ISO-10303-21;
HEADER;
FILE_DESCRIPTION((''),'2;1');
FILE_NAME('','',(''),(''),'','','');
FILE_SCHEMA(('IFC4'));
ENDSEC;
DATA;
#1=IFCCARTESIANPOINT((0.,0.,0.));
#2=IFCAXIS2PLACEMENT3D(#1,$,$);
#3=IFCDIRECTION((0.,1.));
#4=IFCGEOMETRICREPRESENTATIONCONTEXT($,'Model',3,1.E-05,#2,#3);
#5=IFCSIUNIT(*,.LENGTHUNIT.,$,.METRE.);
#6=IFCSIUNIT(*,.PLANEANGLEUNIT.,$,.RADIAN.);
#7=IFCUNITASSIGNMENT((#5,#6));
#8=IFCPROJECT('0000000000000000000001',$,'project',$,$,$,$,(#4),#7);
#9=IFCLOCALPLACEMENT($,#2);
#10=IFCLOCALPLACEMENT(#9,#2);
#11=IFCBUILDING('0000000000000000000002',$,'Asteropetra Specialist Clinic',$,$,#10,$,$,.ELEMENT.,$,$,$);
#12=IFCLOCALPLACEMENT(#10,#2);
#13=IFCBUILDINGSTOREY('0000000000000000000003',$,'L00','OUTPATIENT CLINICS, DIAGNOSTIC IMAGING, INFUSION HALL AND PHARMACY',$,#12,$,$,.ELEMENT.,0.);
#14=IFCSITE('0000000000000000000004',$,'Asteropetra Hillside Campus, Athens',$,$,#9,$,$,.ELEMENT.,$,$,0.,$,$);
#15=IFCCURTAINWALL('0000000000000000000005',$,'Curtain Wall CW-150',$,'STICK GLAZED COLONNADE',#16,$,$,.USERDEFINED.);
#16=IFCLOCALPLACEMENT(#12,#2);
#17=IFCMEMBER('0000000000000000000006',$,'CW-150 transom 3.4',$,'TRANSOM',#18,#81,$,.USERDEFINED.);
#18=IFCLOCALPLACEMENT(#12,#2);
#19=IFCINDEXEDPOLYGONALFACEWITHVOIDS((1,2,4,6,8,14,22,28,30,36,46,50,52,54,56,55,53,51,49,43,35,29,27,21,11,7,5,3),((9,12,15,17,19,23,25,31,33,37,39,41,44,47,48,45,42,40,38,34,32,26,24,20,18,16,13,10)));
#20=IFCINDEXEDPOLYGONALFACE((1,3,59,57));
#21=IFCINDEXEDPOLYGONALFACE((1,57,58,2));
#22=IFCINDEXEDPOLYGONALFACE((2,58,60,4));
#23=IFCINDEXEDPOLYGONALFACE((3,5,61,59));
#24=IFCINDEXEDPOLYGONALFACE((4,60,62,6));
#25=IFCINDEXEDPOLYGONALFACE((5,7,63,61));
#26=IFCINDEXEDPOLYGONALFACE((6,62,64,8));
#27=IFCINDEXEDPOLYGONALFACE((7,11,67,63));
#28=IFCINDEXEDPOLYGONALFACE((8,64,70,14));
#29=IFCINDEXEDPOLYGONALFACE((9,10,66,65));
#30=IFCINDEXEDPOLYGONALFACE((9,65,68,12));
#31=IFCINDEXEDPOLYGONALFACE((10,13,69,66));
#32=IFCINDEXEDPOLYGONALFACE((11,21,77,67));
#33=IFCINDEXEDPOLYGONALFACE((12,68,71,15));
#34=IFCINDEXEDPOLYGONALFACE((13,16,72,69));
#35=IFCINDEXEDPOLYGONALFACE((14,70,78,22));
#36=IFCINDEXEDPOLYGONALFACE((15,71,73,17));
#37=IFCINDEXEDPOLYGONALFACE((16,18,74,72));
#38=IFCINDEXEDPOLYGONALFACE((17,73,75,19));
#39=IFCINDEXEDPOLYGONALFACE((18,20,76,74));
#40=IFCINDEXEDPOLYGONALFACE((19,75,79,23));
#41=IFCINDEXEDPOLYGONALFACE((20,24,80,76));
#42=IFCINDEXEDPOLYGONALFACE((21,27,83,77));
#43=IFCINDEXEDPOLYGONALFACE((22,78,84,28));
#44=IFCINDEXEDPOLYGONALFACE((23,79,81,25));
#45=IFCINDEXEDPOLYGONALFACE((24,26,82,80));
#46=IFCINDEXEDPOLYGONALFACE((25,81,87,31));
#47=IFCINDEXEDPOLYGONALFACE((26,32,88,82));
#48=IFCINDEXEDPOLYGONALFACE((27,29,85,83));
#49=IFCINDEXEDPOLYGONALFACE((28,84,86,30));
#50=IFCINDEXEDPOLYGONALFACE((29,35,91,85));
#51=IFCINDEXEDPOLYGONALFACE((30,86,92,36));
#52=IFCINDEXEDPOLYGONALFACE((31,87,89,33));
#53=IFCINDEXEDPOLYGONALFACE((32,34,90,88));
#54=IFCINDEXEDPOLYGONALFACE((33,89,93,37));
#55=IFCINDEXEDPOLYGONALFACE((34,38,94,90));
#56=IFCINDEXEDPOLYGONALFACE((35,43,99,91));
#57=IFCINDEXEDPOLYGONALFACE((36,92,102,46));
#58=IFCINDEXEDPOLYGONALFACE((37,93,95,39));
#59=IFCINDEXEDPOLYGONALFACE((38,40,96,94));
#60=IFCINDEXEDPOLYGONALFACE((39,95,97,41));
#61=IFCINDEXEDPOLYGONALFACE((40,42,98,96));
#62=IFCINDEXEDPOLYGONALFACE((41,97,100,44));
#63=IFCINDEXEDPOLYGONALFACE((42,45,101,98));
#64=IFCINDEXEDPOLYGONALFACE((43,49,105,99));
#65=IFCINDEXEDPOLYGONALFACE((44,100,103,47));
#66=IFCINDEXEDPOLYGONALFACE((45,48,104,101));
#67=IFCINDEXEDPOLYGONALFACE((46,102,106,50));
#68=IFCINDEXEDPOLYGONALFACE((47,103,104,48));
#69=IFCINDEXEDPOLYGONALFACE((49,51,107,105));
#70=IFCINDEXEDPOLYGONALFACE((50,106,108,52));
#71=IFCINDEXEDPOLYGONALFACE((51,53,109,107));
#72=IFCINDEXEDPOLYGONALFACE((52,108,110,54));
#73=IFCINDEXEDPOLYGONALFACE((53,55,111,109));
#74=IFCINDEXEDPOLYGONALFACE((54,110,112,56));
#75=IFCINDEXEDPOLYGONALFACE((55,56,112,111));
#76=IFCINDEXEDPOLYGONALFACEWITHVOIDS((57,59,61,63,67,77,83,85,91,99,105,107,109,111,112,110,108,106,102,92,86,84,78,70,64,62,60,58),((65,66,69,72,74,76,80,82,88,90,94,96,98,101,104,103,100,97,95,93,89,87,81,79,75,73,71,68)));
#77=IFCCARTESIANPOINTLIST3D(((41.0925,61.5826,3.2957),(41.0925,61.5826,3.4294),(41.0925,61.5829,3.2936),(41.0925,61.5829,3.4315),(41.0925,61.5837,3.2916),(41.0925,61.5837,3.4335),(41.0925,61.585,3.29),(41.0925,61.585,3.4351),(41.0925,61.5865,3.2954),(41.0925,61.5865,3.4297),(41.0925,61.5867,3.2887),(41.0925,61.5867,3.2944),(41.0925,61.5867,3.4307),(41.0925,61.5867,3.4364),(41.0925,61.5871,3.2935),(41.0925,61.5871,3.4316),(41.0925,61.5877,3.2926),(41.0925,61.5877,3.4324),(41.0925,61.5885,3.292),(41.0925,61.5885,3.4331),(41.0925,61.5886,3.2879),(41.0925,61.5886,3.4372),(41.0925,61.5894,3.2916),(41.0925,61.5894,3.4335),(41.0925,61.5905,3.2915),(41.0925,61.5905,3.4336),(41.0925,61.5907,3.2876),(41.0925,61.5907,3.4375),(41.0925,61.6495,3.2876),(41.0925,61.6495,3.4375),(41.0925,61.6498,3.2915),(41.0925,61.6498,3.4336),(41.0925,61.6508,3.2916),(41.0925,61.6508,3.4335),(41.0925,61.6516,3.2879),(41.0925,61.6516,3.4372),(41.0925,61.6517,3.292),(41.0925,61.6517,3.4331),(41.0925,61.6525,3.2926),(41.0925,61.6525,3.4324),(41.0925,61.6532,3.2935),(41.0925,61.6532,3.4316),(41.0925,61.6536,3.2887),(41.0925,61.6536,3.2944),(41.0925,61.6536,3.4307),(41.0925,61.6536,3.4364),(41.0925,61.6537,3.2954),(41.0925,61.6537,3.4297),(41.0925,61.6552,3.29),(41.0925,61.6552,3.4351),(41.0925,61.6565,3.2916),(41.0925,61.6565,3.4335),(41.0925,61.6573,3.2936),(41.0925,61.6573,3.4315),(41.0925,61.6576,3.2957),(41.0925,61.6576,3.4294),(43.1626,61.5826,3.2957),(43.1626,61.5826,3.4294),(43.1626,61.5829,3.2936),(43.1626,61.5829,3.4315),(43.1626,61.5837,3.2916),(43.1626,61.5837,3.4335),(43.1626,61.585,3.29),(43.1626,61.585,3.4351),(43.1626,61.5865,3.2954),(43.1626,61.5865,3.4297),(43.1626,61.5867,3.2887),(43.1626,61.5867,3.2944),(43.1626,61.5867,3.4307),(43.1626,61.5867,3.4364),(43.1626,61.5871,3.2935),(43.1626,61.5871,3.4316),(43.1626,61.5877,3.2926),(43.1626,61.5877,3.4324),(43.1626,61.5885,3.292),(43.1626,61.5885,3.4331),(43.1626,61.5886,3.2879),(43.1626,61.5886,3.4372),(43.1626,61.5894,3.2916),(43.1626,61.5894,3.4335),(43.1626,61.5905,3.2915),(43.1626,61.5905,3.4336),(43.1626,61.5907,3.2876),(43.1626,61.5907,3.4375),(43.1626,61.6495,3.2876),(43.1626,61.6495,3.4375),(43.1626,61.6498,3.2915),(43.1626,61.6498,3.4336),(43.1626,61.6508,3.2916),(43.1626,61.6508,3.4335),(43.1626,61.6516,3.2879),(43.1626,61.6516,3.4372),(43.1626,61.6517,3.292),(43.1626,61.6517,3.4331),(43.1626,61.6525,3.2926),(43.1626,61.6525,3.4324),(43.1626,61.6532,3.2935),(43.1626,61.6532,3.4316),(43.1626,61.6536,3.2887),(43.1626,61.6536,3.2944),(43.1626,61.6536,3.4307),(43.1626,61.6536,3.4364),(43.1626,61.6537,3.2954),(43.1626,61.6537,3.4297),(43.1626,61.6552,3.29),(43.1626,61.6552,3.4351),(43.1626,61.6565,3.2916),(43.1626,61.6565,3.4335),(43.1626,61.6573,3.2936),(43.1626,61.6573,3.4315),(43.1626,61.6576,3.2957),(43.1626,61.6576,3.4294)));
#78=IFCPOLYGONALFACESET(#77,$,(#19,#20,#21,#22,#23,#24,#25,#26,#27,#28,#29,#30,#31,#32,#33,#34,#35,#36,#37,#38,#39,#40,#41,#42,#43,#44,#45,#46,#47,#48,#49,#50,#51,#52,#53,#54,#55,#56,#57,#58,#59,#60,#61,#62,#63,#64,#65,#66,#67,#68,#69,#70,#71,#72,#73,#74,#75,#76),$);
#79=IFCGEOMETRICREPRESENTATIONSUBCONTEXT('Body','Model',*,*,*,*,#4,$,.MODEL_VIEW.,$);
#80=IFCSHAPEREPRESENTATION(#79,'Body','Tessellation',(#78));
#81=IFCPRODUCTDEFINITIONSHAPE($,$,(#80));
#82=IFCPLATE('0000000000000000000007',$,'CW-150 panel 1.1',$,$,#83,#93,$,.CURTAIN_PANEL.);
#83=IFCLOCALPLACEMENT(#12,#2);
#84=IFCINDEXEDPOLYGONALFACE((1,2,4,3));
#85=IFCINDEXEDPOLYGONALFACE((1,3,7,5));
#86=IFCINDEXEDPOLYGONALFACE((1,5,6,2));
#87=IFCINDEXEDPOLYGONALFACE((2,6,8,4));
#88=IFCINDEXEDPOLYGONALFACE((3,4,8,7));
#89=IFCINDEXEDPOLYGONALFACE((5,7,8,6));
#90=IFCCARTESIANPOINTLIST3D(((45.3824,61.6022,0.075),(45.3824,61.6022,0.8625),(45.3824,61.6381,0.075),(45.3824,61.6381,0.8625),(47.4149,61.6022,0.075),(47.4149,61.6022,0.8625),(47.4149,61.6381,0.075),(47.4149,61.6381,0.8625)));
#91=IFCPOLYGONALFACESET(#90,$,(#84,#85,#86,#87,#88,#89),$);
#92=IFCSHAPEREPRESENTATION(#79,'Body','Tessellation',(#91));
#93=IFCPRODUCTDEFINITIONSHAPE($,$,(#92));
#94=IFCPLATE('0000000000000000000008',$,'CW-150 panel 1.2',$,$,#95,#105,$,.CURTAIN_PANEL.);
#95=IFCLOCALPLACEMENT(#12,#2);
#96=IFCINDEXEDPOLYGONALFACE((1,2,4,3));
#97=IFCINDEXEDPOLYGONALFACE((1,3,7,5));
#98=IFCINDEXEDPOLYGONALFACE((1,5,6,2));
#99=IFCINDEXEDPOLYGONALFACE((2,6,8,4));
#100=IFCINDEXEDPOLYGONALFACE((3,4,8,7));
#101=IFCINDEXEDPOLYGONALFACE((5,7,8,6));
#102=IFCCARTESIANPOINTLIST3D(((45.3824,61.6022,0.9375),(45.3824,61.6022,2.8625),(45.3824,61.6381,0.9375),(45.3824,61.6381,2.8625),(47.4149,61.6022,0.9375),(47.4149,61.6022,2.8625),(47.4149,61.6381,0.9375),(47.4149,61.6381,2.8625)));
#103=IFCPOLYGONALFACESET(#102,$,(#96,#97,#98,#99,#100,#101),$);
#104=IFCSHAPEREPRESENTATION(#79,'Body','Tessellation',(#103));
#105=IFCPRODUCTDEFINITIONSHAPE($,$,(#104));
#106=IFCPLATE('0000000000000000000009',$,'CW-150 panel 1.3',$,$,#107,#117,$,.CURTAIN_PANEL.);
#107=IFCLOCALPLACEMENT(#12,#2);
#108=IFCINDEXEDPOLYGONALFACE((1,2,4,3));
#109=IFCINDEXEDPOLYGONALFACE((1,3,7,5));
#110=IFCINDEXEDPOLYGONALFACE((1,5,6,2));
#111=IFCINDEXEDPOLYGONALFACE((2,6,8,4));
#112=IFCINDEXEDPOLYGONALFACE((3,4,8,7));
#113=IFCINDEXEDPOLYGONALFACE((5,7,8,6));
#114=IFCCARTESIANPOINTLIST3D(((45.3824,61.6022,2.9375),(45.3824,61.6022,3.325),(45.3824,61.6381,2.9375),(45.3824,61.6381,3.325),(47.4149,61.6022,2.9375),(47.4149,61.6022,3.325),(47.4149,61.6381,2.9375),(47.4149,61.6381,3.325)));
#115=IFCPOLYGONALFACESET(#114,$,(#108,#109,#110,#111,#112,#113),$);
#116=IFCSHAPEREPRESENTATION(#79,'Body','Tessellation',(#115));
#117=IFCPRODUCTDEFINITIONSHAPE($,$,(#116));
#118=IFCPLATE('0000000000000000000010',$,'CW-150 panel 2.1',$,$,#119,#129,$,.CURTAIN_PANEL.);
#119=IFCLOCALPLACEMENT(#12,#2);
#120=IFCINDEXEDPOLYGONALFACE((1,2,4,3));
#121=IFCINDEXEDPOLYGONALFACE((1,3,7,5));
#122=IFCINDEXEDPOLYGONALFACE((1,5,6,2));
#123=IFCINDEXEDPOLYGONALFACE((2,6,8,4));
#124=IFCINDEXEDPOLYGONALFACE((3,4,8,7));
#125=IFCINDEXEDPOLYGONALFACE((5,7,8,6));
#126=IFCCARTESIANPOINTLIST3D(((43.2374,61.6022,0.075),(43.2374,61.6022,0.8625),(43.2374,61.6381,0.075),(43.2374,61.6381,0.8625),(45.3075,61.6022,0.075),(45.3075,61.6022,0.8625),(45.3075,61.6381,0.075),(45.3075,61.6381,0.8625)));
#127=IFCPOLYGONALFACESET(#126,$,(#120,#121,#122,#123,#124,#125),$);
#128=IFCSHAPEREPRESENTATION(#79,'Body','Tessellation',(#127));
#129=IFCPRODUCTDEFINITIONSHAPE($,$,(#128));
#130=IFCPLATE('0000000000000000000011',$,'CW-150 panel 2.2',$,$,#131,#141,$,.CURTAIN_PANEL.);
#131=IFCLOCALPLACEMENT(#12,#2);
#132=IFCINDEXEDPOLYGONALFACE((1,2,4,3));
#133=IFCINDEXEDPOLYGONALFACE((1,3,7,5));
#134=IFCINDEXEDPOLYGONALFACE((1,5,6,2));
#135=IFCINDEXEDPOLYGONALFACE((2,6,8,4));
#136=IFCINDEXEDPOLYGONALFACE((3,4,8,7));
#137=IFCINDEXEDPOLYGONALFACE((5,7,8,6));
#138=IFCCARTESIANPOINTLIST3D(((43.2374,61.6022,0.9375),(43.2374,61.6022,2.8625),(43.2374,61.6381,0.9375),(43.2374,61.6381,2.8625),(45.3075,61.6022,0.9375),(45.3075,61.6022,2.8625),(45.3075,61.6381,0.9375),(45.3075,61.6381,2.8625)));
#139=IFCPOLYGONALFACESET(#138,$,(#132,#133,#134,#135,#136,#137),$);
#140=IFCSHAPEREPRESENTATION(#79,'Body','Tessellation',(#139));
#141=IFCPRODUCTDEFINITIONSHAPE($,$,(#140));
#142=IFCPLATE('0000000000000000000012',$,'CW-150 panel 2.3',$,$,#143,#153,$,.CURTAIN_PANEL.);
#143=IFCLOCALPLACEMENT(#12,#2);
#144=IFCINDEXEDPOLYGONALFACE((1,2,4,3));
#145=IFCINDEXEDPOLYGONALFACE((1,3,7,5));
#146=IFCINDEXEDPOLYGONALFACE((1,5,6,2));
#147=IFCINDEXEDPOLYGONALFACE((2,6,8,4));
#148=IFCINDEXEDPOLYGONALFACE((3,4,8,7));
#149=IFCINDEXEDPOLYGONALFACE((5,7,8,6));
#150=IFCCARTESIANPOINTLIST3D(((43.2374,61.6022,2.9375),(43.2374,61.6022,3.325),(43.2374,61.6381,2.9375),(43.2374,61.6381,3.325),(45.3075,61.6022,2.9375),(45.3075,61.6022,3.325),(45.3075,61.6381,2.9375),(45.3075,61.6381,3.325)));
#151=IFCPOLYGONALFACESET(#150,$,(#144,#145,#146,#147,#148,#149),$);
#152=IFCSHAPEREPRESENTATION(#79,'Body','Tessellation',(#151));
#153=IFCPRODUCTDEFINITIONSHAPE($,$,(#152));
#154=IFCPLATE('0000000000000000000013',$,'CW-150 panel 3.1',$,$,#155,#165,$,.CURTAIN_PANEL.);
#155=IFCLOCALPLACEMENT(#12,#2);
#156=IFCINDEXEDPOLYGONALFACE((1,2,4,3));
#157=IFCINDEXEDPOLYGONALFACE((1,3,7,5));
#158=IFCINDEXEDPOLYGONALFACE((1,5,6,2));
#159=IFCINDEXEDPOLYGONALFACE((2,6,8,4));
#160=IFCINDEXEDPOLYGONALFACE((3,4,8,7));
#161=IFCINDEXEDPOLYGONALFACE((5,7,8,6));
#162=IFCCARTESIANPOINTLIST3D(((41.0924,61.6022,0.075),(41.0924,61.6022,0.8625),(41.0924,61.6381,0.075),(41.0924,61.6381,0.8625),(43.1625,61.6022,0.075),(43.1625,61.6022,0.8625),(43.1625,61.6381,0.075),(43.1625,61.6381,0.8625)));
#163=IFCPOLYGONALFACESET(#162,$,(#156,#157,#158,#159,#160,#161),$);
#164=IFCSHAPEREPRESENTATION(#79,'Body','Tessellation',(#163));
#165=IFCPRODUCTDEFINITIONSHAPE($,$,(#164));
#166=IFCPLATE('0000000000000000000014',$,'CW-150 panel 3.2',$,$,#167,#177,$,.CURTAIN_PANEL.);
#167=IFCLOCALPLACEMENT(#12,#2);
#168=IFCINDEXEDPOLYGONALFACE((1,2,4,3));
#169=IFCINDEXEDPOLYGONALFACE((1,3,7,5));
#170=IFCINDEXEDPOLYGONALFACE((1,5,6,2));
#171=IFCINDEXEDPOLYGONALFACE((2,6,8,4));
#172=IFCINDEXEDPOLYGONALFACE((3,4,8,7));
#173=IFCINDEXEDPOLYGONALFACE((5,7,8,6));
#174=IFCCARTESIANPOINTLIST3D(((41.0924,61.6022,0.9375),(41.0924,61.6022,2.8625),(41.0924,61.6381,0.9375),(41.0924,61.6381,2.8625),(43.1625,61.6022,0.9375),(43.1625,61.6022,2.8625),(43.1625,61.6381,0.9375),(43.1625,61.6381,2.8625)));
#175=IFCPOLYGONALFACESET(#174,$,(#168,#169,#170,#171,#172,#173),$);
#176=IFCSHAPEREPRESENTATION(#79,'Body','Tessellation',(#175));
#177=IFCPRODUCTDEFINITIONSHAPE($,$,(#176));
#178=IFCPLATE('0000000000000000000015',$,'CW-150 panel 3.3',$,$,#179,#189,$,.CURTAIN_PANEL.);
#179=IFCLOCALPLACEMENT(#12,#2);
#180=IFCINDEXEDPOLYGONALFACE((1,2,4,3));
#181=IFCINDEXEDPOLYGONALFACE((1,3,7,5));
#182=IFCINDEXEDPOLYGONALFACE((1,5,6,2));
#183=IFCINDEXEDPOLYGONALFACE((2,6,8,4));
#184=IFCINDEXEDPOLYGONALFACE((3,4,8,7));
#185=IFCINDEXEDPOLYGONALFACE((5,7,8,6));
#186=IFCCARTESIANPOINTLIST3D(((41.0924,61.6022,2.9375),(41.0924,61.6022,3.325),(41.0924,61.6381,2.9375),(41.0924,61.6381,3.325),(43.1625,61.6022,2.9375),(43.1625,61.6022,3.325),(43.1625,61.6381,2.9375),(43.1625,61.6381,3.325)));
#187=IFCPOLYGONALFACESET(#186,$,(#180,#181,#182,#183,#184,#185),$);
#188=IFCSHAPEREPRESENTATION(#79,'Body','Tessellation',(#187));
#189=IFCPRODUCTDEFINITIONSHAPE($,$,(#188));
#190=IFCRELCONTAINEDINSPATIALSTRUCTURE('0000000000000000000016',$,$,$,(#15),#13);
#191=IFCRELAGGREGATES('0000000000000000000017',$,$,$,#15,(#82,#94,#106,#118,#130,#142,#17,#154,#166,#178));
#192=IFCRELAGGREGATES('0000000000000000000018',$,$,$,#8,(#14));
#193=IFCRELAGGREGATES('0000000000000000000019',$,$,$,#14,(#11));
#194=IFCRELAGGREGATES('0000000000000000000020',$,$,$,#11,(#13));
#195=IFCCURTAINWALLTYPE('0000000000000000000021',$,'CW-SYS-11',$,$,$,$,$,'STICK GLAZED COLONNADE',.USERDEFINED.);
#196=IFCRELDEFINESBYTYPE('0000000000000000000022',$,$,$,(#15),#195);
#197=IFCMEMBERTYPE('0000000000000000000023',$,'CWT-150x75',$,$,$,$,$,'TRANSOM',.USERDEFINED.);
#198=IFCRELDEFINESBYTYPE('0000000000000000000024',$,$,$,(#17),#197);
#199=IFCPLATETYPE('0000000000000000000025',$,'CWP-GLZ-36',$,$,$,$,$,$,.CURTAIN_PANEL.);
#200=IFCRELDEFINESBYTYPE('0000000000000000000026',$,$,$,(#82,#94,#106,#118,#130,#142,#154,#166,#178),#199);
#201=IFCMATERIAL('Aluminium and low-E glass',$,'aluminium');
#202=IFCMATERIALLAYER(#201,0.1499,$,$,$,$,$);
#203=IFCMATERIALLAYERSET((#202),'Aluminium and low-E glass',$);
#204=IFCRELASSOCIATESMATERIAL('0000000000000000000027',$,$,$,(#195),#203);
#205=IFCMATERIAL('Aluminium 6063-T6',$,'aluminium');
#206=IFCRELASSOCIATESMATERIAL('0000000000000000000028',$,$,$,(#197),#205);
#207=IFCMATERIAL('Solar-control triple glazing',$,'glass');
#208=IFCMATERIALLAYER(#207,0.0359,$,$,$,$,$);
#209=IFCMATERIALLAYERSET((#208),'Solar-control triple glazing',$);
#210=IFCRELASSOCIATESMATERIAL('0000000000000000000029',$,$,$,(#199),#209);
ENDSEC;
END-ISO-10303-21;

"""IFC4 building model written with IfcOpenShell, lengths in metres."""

from ifc_helpers import new_model, si_unit, direction, frame, origin, origin_2d, place, context, subcontext, project, spatial, rectangle, hollow_rectangle, extrude, material, layer, layer_set, material_profile, profile_set, type_object, element, aggregate, save


model = new_model("IFC4")

# Units and contexts
model_context = context("Model", 3, precision=1e-05, world=origin(), true_north=direction((0.0, 1.0)))
body_context = subcontext(model_context, "Body", "Model", "MODEL_VIEW")
ifc_project = project(units=[si_unit("LENGTHUNIT", "METRE"), si_unit("PLANEANGLEUNIT", "RADIAN")], contexts=[model_context])

# Site, building, storey
site_placement = place(None, origin())
site = spatial("IfcSite", under=ifc_project, at=site_placement, Name="Asteropetra Hillside Campus, Athens", CompositionType="ELEMENT", RefElevation=0.0)
building_placement = place(site_placement, origin())
building = spatial("IfcBuilding", under=site, at=building_placement, Name="Asteropetra Specialist Clinic", CompositionType="ELEMENT")
storey_placement = place(building_placement, origin())
storey = spatial("IfcBuildingStorey", under=building, at=storey_placement, Name="L00", Description="OUTPATIENT CLINICS, DIAGNOSTIC IMAGING, INFUSION HALL AND PHARMACY", CompositionType="ELEMENT", Elevation=0.0)

# Curtain wall, member, plates
ifc_material_1 = material(Name="Aluminium and low-E glass", Category="aluminium")
ifc_layer_1 = layer(ifc_material_1, 0.1499)
ifc_layer_set_1 = layer_set([ifc_layer_1], Name="Aluminium and low-E glass")
curtain_wall_type = type_object("IfcCurtainWallType", Name="CW-SYS-11", ElementType="STICK GLAZED COLONNADE", PredefinedType="USERDEFINED", material=ifc_layer_set_1)
curtain_wall_placement = place(storey_placement, origin())
curtain_wall = element("IfcCurtainWall", 1, at=curtain_wall_placement, inside=storey, type_object=curtain_wall_type, Name="Curtain Wall CW-150", ObjectType="STICK GLAZED COLONNADE", PredefinedType="USERDEFINED")
ifc_material_2 = material(Name="Aluminium 6063-T6", Category="aluminium")
ifc_material_profile_1 = material_profile(ifc_material_2, hollow_rectangle(XDim=0.075, YDim=0.1499, WallThickness=0.0039, InnerFilletRadius=0.0039, OuterFilletRadius=0.0081, at=origin_2d()), Name="TRN 150x75x4.0")
ifc_profile_set_1 = profile_set([ifc_material_profile_1], Name="Aluminium 6063-T6")
member_type_1 = type_object("IfcMemberType", Name="CWT-150x75", ElementType="TRANSOM", PredefinedType="USERDEFINED", material=ifc_profile_set_1)
member_1_placement = place(storey_placement, frame((43.1626, 61.6201, 3.3625), z_axis=(-1.0, 0.0, 0.0), x_axis=(0.0, -1.0, 0.0)))
member_1 = element("IfcMember", 2, at=member_1_placement, type_object=member_type_1, Name="CW-150 transom 3.4", ObjectType="TRANSOM", PredefinedType="USERDEFINED", context=body_context, shape_type="SweptSolid", body=[
    extrude(hollow_rectangle(XDim=0.075, YDim=0.1499, WallThickness=0.0039, InnerFilletRadius=0.0039, OuterFilletRadius=0.0081, at=origin_2d()), origin(), (0.0, 0.0, 1.0), 2.0701),
])
ifc_material_3 = material(Name="Solar-control triple glazing", Category="glass")
ifc_layer_2 = layer(ifc_material_3, 0.0359)
ifc_layer_set_2 = layer_set([ifc_layer_2], Name="Solar-control triple glazing")
plate_type = type_object("IfcPlateType", Name="CWP-GLZ-36", PredefinedType="CURTAIN_PANEL", material=ifc_layer_set_2)
plate_1_placement = place(storey_placement, frame((46.3987, 61.6201, 0.075), z_axis=(0.0, 0.0, 1.0), x_axis=(-1.0, 0.0, 0.0)))
plate_1 = element("IfcPlate", 3, at=plate_1_placement, type_object=plate_type, Name="CW-150 panel 1.1", PredefinedType="CURTAIN_PANEL", context=body_context, shape_type="SweptSolid", body=[
    extrude(rectangle(XDim=2.0325, YDim=0.0359, at=origin_2d()), origin(), (0.0, 0.0, 1.0), 0.7876),
])
plate_2_placement = place(storey_placement, frame((46.3987, 61.6201, 0.9375), z_axis=(0.0, 0.0, 1.0), x_axis=(-1.0, 0.0, 0.0)))
plate_2 = element("IfcPlate", 4, at=plate_2_placement, type_object=plate_type, Name="CW-150 panel 1.2", PredefinedType="CURTAIN_PANEL", context=body_context, shape_type="SweptSolid", body=[
    extrude(rectangle(XDim=2.0325, YDim=0.0359, at=origin_2d()), origin(), (0.0, 0.0, 1.0), 1.925),
])
plate_3_placement = place(storey_placement, frame((46.3987, 61.6201, 2.9375), z_axis=(0.0, 0.0, 1.0), x_axis=(-1.0, 0.0, 0.0)))
plate_3 = element("IfcPlate", 5, at=plate_3_placement, type_object=plate_type, Name="CW-150 panel 1.3", PredefinedType="CURTAIN_PANEL", context=body_context, shape_type="SweptSolid", body=[
    extrude(rectangle(XDim=2.0325, YDim=0.0359, at=origin_2d()), origin(), (0.0, 0.0, 1.0), 0.3875),
])
plate_4_placement = place(storey_placement, frame((44.2725, 61.6201, 0.075), z_axis=(0.0, 0.0, 1.0), x_axis=(-1.0, 0.0, 0.0)))
plate_4 = element("IfcPlate", 6, at=plate_4_placement, type_object=plate_type, Name="CW-150 panel 2.1", PredefinedType="CURTAIN_PANEL", context=body_context, shape_type="SweptSolid", body=[
    extrude(rectangle(XDim=2.0701, YDim=0.0359, at=origin_2d()), origin(), (0.0, 0.0, 1.0), 0.7876),
])
plate_5_placement = place(storey_placement, frame((44.2725, 61.6201, 0.9375), z_axis=(0.0, 0.0, 1.0), x_axis=(-1.0, 0.0, 0.0)))
plate_5 = element("IfcPlate", 7, at=plate_5_placement, type_object=plate_type, Name="CW-150 panel 2.2", PredefinedType="CURTAIN_PANEL", context=body_context, shape_type="SweptSolid", body=[
    extrude(rectangle(XDim=2.0701, YDim=0.0359, at=origin_2d()), origin(), (0.0, 0.0, 1.0), 1.925),
])
plate_6_placement = place(storey_placement, frame((44.2725, 61.6201, 2.9375), z_axis=(0.0, 0.0, 1.0), x_axis=(-1.0, 0.0, 0.0)))
plate_6 = element("IfcPlate", 8, at=plate_6_placement, type_object=plate_type, Name="CW-150 panel 2.3", PredefinedType="CURTAIN_PANEL", context=body_context, shape_type="SweptSolid", body=[
    extrude(rectangle(XDim=2.0701, YDim=0.0359, at=origin_2d()), origin(), (0.0, 0.0, 1.0), 0.3875),
])
plate_7_placement = place(storey_placement, frame((42.1274, 61.6201, 0.075), z_axis=(0.0, 0.0, 1.0), x_axis=(-1.0, 0.0, 0.0)))
plate_7 = element("IfcPlate", 9, at=plate_7_placement, type_object=plate_type, Name="CW-150 panel 3.1", PredefinedType="CURTAIN_PANEL", context=body_context, shape_type="SweptSolid", body=[
    extrude(rectangle(XDim=2.0701, YDim=0.0359, at=origin_2d()), origin(), (0.0, 0.0, 1.0), 0.7876),
])
plate_8_placement = place(storey_placement, frame((42.1274, 61.6201, 0.9375), z_axis=(0.0, 0.0, 1.0), x_axis=(-1.0, 0.0, 0.0)))
plate_8 = element("IfcPlate", 10, at=plate_8_placement, type_object=plate_type, Name="CW-150 panel 3.2", PredefinedType="CURTAIN_PANEL", context=body_context, shape_type="SweptSolid", body=[
    extrude(rectangle(XDim=2.0701, YDim=0.0359, at=origin_2d()), origin(), (0.0, 0.0, 1.0), 1.925),
])
plate_9_placement = place(storey_placement, frame((42.1274, 61.6201, 2.9375), z_axis=(0.0, 0.0, 1.0), x_axis=(-1.0, 0.0, 0.0)))
plate_9 = element("IfcPlate", 11, at=plate_9_placement, type_object=plate_type, Name="CW-150 panel 3.3", PredefinedType="CURTAIN_PANEL", context=body_context, shape_type="SweptSolid", body=[
    extrude(rectangle(XDim=2.0701, YDim=0.0359, at=origin_2d()), origin(), (0.0, 0.0, 1.0), 0.3875),
])
aggregate(curtain_wall, [plate_1, plate_2, plate_3, plate_4, plate_5, plate_6, member_1, plate_7, plate_8, plate_9])

save(model, "model.ifc")
